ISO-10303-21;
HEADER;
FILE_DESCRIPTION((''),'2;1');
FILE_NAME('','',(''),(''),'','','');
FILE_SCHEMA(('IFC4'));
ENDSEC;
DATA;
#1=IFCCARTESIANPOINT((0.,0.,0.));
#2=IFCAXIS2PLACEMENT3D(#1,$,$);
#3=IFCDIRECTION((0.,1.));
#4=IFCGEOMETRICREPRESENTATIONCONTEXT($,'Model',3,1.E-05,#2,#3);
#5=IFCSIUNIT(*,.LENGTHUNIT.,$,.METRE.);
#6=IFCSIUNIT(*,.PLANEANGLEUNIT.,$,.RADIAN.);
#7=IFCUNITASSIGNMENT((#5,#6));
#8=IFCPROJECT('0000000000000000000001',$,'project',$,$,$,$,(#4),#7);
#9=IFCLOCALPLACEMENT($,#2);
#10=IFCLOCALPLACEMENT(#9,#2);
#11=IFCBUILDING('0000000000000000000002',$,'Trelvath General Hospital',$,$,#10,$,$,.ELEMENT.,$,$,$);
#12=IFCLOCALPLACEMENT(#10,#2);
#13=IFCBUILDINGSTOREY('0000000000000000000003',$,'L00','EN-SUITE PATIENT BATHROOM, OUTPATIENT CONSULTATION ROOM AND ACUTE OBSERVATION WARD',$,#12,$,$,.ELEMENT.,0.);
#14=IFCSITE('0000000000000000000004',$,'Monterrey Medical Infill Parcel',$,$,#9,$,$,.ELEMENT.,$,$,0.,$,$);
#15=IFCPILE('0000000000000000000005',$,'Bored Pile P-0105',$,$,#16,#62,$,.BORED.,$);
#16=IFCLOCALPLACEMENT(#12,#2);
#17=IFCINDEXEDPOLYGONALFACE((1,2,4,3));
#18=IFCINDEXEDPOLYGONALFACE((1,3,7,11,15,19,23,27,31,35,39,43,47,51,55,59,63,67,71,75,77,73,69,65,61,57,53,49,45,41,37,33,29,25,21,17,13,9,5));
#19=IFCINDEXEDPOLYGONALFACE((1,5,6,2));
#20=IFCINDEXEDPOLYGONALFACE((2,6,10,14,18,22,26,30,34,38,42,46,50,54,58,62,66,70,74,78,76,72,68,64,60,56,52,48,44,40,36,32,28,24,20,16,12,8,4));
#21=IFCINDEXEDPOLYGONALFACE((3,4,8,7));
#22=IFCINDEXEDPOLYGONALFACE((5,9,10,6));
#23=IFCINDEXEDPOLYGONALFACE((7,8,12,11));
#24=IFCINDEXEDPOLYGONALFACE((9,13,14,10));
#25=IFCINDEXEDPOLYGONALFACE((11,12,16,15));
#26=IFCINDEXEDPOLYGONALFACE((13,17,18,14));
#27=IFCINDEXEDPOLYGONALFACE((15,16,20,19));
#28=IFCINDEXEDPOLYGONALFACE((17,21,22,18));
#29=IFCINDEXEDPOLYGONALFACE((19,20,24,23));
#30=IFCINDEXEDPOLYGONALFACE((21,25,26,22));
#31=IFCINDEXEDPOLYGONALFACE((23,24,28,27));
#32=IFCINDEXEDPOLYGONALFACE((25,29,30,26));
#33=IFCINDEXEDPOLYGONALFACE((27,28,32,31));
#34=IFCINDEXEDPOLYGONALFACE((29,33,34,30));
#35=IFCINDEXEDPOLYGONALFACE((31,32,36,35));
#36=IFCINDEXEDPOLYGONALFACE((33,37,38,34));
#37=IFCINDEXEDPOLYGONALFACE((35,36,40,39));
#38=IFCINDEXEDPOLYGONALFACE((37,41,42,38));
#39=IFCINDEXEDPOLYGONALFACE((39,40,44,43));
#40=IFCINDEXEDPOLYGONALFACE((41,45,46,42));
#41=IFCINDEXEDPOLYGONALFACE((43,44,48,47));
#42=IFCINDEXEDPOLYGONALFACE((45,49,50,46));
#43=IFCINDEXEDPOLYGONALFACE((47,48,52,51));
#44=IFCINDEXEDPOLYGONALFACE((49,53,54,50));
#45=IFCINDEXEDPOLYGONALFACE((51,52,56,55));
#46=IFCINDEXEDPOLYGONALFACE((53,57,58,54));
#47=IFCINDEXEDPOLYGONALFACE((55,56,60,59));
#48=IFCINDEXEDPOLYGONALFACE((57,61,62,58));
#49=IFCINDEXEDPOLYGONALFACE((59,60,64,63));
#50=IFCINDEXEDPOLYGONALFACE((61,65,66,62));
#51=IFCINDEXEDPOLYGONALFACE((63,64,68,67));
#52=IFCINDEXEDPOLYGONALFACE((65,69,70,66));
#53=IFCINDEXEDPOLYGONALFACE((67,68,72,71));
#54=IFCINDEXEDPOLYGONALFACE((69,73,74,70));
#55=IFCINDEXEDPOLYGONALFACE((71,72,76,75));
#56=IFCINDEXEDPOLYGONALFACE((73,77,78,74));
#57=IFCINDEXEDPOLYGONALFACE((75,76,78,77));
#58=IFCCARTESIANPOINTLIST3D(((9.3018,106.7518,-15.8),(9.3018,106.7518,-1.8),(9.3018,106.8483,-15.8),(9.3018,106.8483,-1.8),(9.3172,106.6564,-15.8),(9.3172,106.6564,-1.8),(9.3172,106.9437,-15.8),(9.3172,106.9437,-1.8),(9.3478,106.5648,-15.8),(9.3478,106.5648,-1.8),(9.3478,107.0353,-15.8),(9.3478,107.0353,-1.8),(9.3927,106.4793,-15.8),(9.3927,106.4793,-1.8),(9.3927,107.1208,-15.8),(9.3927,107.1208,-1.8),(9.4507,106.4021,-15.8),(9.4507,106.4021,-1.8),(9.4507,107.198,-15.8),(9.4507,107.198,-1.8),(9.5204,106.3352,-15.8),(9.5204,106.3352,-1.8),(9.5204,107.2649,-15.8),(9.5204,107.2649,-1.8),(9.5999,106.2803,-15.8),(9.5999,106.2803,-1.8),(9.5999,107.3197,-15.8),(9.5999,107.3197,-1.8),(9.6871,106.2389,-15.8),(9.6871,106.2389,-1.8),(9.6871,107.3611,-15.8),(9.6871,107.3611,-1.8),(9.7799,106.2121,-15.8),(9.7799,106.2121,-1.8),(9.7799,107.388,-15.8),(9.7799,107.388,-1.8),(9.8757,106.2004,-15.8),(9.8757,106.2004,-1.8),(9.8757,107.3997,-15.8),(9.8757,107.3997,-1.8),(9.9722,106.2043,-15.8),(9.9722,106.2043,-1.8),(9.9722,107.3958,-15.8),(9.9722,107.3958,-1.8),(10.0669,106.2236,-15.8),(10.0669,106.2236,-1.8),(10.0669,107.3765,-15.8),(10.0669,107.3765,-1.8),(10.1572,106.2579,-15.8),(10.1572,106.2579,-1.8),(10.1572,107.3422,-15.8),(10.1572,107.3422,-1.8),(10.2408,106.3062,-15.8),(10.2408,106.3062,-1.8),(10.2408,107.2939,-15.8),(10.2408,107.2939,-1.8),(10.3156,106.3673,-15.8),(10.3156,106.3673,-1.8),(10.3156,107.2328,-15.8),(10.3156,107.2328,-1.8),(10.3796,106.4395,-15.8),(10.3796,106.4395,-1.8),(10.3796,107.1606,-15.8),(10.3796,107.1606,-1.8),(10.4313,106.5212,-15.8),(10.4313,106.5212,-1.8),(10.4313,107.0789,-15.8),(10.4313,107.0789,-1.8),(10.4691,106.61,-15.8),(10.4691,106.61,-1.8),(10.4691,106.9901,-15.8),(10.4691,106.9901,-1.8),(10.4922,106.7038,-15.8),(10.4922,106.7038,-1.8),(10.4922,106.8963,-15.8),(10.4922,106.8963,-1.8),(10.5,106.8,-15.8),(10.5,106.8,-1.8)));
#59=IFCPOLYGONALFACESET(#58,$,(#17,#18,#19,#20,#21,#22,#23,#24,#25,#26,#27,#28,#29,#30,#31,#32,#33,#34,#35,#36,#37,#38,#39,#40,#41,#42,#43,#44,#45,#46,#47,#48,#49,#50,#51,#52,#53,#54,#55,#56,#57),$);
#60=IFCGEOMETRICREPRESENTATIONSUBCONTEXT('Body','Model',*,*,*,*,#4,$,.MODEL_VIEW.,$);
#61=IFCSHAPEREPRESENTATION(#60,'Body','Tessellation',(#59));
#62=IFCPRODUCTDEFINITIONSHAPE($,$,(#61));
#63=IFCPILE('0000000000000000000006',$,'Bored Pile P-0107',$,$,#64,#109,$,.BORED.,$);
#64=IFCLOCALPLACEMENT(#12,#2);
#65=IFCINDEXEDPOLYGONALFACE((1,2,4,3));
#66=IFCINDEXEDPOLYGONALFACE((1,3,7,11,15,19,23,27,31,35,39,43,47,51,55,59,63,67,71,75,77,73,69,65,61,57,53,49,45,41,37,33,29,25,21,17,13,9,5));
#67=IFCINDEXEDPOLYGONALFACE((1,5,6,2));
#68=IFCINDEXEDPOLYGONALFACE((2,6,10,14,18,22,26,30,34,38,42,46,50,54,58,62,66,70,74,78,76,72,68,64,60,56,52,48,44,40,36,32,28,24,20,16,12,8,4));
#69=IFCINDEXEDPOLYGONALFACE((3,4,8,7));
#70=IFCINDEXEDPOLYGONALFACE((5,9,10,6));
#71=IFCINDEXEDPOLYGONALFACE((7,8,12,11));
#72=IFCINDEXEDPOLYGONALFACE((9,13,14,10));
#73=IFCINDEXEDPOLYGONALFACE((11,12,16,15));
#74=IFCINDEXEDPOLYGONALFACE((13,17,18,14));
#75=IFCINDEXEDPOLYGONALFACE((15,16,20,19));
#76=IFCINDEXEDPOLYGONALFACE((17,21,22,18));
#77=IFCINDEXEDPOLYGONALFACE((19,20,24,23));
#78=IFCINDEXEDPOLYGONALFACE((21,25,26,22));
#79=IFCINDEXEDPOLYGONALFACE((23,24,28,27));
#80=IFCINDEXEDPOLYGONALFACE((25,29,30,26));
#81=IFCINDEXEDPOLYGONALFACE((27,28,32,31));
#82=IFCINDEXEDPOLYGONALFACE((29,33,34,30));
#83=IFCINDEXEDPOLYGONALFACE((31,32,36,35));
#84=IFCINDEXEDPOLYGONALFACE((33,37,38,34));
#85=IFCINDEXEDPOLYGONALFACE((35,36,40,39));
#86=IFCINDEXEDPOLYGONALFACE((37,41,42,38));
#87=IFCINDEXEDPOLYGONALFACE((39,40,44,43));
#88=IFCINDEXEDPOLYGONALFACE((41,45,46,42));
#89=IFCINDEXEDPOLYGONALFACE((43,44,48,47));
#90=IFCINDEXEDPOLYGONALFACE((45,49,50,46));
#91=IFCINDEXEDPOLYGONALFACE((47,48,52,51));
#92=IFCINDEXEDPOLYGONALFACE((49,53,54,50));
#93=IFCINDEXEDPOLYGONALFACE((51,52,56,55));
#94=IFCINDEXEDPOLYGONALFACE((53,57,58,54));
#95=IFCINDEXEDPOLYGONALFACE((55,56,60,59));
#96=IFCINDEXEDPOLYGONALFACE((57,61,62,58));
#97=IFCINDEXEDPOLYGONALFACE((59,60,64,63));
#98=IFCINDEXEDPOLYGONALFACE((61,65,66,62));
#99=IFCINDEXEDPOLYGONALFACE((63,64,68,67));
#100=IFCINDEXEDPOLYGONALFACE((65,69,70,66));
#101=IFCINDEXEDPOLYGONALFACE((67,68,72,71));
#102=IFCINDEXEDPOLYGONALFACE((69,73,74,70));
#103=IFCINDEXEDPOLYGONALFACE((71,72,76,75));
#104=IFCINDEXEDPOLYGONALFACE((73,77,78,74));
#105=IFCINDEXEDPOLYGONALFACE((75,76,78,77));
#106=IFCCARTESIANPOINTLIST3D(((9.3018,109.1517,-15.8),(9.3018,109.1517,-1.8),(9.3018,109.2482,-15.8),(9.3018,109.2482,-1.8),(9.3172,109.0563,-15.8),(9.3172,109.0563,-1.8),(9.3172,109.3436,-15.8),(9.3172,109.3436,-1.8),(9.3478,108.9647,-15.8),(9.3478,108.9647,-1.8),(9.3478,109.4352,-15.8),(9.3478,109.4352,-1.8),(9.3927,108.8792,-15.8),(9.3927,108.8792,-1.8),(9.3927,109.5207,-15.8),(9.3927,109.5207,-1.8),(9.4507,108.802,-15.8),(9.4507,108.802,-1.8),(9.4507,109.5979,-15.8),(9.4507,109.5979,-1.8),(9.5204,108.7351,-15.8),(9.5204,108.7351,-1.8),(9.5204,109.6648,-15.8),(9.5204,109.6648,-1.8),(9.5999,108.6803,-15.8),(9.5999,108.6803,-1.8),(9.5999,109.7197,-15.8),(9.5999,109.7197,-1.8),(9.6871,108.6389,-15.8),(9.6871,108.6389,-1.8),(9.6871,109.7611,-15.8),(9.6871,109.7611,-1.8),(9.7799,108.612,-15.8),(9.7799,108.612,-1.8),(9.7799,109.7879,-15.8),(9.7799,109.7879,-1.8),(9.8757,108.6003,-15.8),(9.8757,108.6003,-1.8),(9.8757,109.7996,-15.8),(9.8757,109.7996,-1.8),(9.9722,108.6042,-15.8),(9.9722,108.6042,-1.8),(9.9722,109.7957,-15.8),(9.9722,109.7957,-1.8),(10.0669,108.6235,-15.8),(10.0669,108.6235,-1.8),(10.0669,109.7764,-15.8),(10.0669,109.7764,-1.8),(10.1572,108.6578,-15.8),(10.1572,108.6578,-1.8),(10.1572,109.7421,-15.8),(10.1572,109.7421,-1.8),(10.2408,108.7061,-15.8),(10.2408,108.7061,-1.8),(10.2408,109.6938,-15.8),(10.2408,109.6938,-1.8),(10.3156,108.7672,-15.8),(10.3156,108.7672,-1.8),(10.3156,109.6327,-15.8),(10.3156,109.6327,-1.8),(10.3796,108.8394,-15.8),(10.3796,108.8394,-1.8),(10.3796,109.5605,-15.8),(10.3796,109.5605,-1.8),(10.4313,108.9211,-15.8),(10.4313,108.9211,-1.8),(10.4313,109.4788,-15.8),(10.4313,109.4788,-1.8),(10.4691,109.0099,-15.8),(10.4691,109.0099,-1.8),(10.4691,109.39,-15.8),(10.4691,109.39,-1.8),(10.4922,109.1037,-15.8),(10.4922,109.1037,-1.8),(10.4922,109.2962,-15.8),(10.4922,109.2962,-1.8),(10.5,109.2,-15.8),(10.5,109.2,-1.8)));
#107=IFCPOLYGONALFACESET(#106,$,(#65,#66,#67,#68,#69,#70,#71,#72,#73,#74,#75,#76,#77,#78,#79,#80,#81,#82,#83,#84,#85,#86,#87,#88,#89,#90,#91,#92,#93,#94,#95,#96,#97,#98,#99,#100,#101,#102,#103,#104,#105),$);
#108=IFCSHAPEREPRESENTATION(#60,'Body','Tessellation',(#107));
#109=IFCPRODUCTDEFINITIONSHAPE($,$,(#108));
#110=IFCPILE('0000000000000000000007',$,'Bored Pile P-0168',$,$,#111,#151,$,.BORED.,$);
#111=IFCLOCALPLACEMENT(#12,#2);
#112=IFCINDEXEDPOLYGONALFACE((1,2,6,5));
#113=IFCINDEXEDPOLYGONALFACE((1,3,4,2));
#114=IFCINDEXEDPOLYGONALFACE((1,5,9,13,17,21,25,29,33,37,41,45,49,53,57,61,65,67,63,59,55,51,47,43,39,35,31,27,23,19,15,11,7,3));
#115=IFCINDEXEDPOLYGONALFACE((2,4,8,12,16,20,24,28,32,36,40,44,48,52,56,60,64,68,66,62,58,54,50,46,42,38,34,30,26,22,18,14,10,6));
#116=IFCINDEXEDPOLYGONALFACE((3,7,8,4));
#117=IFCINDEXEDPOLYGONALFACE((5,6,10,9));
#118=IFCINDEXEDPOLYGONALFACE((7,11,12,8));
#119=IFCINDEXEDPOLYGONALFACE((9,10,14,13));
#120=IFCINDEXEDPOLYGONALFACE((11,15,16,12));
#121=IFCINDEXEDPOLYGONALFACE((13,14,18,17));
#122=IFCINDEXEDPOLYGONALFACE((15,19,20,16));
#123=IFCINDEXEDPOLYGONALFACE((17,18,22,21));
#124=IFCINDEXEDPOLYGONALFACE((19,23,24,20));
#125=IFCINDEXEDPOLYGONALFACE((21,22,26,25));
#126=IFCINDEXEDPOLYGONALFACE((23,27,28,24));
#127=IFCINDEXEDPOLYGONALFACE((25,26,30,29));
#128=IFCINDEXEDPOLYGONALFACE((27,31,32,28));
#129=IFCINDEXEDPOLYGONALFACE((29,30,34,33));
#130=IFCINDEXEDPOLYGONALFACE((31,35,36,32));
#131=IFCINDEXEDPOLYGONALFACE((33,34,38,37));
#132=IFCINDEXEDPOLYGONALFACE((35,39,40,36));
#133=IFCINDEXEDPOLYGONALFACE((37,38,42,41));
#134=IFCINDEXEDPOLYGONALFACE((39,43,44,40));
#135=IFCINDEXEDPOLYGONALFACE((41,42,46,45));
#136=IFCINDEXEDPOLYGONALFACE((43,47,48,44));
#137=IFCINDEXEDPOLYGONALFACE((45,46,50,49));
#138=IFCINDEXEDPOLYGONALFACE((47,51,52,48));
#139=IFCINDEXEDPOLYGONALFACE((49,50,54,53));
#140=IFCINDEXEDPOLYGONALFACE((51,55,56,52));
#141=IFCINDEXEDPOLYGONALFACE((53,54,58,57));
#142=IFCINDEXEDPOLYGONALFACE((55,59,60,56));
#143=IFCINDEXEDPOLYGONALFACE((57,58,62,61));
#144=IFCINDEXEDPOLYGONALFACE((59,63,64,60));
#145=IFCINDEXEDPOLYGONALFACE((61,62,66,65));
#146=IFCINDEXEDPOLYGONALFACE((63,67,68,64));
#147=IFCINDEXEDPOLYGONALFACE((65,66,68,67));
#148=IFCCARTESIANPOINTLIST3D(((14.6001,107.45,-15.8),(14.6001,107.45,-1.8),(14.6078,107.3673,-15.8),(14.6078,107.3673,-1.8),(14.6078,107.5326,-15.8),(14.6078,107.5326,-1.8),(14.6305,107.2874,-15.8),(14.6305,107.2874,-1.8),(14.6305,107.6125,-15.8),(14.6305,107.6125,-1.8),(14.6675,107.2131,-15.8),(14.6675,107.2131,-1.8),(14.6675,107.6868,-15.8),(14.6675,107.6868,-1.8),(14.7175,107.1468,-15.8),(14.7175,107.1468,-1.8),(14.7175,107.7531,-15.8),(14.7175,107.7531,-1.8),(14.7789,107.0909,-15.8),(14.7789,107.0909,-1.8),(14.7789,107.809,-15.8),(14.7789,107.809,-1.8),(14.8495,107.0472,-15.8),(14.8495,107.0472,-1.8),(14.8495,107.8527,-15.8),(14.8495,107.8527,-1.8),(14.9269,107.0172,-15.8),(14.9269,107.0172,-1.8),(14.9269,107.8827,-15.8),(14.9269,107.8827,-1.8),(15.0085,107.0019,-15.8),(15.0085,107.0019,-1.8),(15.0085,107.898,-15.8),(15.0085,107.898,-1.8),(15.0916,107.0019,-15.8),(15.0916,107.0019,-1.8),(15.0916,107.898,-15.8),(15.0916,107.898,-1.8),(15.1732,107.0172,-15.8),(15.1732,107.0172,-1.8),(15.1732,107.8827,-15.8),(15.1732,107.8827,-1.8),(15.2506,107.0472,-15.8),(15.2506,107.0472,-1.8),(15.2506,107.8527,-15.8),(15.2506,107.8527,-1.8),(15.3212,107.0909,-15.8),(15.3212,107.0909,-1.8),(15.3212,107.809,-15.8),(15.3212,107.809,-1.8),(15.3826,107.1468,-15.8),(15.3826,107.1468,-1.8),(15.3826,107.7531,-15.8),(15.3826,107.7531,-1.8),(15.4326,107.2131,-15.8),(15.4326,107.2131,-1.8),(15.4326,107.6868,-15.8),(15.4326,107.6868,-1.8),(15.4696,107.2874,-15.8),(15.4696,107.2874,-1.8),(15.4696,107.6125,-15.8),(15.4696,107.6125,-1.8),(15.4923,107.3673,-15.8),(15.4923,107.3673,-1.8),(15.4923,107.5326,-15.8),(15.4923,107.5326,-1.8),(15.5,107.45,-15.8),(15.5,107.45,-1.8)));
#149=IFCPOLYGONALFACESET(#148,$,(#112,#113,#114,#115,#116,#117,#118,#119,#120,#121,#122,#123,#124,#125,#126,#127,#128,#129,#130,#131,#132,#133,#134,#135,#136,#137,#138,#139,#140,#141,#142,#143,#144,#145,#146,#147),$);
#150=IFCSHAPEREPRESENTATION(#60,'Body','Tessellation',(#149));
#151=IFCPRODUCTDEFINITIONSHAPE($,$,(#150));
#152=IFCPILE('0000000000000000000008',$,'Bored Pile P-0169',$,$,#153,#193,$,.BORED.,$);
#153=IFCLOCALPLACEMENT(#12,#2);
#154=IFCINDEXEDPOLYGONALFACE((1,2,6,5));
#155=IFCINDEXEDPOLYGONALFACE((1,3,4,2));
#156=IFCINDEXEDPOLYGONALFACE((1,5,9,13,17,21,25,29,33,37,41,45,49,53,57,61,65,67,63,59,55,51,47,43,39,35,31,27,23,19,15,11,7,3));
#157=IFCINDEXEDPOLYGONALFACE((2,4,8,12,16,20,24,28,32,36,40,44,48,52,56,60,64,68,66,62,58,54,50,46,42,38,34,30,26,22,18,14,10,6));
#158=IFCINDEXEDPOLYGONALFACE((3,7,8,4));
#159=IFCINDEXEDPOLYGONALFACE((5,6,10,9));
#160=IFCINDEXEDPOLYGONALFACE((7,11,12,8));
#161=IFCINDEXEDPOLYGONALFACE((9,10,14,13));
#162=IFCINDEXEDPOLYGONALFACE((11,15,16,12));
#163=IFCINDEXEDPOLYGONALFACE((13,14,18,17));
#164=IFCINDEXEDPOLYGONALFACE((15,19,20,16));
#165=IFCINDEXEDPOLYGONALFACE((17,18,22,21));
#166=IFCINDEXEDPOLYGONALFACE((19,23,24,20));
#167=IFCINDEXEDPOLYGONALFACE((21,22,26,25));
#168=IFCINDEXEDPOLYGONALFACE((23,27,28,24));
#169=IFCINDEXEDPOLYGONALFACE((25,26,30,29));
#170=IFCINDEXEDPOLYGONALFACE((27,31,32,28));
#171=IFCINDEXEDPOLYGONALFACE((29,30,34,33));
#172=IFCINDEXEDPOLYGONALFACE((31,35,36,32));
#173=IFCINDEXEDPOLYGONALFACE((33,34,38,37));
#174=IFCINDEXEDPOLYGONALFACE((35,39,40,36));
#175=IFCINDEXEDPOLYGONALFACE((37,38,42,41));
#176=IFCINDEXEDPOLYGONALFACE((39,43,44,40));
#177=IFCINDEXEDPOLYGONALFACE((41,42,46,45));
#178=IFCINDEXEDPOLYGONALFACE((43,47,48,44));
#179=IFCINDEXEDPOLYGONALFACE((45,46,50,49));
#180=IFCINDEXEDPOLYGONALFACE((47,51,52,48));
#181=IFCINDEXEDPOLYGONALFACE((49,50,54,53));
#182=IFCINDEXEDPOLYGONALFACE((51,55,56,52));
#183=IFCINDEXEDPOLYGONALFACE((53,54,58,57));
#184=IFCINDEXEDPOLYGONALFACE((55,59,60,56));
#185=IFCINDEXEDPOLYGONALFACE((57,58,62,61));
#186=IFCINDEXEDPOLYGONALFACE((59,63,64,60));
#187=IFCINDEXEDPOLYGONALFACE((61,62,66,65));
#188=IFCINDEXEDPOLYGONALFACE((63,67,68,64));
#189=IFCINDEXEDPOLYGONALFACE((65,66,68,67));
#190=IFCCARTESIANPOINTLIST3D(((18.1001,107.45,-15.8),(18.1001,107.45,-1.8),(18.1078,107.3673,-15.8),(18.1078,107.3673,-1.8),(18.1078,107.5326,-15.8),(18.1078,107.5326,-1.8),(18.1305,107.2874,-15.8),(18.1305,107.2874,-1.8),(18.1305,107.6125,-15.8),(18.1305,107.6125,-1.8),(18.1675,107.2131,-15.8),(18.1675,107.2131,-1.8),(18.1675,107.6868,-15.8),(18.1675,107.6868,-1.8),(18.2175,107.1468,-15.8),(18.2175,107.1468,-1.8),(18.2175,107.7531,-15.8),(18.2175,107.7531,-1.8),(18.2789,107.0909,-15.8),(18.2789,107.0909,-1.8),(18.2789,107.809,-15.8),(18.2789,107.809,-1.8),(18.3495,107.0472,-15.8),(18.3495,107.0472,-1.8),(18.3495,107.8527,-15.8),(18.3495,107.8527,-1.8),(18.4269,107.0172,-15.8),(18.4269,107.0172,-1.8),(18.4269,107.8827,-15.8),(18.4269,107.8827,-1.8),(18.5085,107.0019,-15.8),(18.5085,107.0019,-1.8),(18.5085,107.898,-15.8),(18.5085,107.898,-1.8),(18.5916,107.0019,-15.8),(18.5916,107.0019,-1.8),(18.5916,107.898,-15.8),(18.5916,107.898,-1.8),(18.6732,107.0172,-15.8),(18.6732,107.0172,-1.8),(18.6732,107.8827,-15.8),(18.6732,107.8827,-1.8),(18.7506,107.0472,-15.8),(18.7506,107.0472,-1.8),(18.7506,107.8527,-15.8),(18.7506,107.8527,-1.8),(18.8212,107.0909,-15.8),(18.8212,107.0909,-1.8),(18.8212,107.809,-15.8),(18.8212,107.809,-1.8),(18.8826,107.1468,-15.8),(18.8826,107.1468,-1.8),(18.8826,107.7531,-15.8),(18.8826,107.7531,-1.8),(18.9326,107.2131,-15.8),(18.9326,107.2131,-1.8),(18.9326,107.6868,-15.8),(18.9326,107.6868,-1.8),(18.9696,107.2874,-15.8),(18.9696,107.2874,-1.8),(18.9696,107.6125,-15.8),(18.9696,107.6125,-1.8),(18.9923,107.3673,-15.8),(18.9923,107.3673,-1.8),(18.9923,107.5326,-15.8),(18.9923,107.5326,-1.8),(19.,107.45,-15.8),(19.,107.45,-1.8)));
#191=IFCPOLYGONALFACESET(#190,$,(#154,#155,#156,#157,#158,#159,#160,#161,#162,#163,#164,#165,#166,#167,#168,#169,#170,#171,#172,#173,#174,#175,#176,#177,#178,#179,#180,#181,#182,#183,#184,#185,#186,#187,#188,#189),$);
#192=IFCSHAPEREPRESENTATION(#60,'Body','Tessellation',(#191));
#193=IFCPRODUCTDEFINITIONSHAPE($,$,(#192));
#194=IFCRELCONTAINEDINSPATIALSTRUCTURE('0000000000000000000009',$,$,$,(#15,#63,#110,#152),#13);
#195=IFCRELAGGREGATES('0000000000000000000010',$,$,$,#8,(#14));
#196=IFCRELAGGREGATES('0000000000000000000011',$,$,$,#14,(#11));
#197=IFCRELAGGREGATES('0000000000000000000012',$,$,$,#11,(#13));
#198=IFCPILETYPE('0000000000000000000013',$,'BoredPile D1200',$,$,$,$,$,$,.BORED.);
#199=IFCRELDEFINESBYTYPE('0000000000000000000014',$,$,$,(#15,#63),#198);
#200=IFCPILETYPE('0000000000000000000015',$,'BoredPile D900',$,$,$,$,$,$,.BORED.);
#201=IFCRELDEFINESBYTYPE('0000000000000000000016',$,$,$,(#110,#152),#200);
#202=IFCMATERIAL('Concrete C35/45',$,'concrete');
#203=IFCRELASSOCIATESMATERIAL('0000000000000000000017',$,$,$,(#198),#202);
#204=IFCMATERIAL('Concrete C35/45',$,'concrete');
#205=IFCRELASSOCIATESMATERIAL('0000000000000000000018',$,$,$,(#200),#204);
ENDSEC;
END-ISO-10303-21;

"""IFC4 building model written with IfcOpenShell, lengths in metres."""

from ifc_helpers import new_model, si_unit, direction, frame, origin, origin_2d, place, context, subcontext, project, spatial, circle, extrude, material, material_profile, profile_set, type_object, element, save


model = new_model("IFC4")

# Units and contexts
model_context = context("Model", 3, precision=1e-05, world=origin(), true_north=direction((0.0, 1.0)))
body_context = subcontext(model_context, "Body", "Model", "MODEL_VIEW")
ifc_project = project(units=[si_unit("LENGTHUNIT", "METRE"), si_unit("PLANEANGLEUNIT", "RADIAN")], contexts=[model_context])

# Site, building, storey
site_placement = place(None, origin())
site = spatial("IfcSite", under=ifc_project, at=site_placement, Name="Monterrey Medical Infill Parcel", CompositionType="ELEMENT", RefElevation=0.0)
building_placement = place(site_placement, origin())
building = spatial("IfcBuilding", under=site, at=building_placement, Name="Trelvath General Hospital", CompositionType="ELEMENT")
storey_placement = place(building_placement, origin())
storey = spatial("IfcBuildingStorey", under=building, at=storey_placement, Name="L00", Description="EN-SUITE PATIENT BATHROOM, OUTPATIENT CONSULTATION ROOM AND ACUTE OBSERVATION WARD", CompositionType="ELEMENT", Elevation=0.0)

# Piles
ifc_material_1 = material(Name="Concrete C35/45", Category="concrete")
ifc_material_profile_1 = material_profile(ifc_material_1, circle(Radius=0.6001, at=origin_2d()), Name="PILE1200")
ifc_profile_set_1 = profile_set([ifc_material_profile_1], Name="Concrete C35/45")
pile_type_1 = type_object("IfcPileType", Name="BoredPile D1200", PredefinedType="BORED", material=ifc_profile_set_1)
for number, where, z_axis, x_axis, name in (
    (1, (9.8999, 106.8, -1.8), (0.0, 0.0, -1.0), (1.0, 0.0, 0.0), "Bored Pile P-0105"),
    (2, (9.8999, 109.2, -1.8), (0.0, 0.0, -1.0), (1.0, 0.0, 0.0), "Bored Pile P-0107"),
):
    element("IfcPile", number, at=place(storey_placement, frame(where, z_axis=z_axis, x_axis=x_axis)), inside=storey, type_object=pile_type_1, Name=name, PredefinedType="BORED", context=body_context, shape_type="SweptSolid", body=[
        extrude(circle(Radius=0.6001, at=origin_2d()), origin(), (0.0, 0.0, 1.0), 14.0),
    ])
ifc_material_2 = material(Name="Concrete C35/45", Category="concrete")
ifc_material_profile_2 = material_profile(ifc_material_2, circle(Radius=0.45, at=origin_2d()), Name="PILE900")
ifc_profile_set_2 = profile_set([ifc_material_profile_2], Name="Concrete C35/45")
pile_type_2 = type_object("IfcPileType", Name="BoredPile D900", PredefinedType="BORED", material=ifc_profile_set_2)
for number, where, z_axis, x_axis, name in (
    (3, (15.05, 107.45, -1.8), (0.0, 0.0, -1.0), (1.0, 0.0, 0.0), "Bored Pile P-0168"),
    (4, (18.55, 107.45, -1.8), (0.0, 0.0, -1.0), (1.0, 0.0, 0.0), "Bored Pile P-0169"),
):
    element("IfcPile", number, at=place(storey_placement, frame(where, z_axis=z_axis, x_axis=x_axis)), inside=storey, type_object=pile_type_2, Name=name, PredefinedType="BORED", context=body_context, shape_type="SweptSolid", body=[
        extrude(circle(Radius=0.45, at=origin_2d()), origin(), (0.0, 0.0, 1.0), 14.0),
    ])

save(model, "model.ifc")
